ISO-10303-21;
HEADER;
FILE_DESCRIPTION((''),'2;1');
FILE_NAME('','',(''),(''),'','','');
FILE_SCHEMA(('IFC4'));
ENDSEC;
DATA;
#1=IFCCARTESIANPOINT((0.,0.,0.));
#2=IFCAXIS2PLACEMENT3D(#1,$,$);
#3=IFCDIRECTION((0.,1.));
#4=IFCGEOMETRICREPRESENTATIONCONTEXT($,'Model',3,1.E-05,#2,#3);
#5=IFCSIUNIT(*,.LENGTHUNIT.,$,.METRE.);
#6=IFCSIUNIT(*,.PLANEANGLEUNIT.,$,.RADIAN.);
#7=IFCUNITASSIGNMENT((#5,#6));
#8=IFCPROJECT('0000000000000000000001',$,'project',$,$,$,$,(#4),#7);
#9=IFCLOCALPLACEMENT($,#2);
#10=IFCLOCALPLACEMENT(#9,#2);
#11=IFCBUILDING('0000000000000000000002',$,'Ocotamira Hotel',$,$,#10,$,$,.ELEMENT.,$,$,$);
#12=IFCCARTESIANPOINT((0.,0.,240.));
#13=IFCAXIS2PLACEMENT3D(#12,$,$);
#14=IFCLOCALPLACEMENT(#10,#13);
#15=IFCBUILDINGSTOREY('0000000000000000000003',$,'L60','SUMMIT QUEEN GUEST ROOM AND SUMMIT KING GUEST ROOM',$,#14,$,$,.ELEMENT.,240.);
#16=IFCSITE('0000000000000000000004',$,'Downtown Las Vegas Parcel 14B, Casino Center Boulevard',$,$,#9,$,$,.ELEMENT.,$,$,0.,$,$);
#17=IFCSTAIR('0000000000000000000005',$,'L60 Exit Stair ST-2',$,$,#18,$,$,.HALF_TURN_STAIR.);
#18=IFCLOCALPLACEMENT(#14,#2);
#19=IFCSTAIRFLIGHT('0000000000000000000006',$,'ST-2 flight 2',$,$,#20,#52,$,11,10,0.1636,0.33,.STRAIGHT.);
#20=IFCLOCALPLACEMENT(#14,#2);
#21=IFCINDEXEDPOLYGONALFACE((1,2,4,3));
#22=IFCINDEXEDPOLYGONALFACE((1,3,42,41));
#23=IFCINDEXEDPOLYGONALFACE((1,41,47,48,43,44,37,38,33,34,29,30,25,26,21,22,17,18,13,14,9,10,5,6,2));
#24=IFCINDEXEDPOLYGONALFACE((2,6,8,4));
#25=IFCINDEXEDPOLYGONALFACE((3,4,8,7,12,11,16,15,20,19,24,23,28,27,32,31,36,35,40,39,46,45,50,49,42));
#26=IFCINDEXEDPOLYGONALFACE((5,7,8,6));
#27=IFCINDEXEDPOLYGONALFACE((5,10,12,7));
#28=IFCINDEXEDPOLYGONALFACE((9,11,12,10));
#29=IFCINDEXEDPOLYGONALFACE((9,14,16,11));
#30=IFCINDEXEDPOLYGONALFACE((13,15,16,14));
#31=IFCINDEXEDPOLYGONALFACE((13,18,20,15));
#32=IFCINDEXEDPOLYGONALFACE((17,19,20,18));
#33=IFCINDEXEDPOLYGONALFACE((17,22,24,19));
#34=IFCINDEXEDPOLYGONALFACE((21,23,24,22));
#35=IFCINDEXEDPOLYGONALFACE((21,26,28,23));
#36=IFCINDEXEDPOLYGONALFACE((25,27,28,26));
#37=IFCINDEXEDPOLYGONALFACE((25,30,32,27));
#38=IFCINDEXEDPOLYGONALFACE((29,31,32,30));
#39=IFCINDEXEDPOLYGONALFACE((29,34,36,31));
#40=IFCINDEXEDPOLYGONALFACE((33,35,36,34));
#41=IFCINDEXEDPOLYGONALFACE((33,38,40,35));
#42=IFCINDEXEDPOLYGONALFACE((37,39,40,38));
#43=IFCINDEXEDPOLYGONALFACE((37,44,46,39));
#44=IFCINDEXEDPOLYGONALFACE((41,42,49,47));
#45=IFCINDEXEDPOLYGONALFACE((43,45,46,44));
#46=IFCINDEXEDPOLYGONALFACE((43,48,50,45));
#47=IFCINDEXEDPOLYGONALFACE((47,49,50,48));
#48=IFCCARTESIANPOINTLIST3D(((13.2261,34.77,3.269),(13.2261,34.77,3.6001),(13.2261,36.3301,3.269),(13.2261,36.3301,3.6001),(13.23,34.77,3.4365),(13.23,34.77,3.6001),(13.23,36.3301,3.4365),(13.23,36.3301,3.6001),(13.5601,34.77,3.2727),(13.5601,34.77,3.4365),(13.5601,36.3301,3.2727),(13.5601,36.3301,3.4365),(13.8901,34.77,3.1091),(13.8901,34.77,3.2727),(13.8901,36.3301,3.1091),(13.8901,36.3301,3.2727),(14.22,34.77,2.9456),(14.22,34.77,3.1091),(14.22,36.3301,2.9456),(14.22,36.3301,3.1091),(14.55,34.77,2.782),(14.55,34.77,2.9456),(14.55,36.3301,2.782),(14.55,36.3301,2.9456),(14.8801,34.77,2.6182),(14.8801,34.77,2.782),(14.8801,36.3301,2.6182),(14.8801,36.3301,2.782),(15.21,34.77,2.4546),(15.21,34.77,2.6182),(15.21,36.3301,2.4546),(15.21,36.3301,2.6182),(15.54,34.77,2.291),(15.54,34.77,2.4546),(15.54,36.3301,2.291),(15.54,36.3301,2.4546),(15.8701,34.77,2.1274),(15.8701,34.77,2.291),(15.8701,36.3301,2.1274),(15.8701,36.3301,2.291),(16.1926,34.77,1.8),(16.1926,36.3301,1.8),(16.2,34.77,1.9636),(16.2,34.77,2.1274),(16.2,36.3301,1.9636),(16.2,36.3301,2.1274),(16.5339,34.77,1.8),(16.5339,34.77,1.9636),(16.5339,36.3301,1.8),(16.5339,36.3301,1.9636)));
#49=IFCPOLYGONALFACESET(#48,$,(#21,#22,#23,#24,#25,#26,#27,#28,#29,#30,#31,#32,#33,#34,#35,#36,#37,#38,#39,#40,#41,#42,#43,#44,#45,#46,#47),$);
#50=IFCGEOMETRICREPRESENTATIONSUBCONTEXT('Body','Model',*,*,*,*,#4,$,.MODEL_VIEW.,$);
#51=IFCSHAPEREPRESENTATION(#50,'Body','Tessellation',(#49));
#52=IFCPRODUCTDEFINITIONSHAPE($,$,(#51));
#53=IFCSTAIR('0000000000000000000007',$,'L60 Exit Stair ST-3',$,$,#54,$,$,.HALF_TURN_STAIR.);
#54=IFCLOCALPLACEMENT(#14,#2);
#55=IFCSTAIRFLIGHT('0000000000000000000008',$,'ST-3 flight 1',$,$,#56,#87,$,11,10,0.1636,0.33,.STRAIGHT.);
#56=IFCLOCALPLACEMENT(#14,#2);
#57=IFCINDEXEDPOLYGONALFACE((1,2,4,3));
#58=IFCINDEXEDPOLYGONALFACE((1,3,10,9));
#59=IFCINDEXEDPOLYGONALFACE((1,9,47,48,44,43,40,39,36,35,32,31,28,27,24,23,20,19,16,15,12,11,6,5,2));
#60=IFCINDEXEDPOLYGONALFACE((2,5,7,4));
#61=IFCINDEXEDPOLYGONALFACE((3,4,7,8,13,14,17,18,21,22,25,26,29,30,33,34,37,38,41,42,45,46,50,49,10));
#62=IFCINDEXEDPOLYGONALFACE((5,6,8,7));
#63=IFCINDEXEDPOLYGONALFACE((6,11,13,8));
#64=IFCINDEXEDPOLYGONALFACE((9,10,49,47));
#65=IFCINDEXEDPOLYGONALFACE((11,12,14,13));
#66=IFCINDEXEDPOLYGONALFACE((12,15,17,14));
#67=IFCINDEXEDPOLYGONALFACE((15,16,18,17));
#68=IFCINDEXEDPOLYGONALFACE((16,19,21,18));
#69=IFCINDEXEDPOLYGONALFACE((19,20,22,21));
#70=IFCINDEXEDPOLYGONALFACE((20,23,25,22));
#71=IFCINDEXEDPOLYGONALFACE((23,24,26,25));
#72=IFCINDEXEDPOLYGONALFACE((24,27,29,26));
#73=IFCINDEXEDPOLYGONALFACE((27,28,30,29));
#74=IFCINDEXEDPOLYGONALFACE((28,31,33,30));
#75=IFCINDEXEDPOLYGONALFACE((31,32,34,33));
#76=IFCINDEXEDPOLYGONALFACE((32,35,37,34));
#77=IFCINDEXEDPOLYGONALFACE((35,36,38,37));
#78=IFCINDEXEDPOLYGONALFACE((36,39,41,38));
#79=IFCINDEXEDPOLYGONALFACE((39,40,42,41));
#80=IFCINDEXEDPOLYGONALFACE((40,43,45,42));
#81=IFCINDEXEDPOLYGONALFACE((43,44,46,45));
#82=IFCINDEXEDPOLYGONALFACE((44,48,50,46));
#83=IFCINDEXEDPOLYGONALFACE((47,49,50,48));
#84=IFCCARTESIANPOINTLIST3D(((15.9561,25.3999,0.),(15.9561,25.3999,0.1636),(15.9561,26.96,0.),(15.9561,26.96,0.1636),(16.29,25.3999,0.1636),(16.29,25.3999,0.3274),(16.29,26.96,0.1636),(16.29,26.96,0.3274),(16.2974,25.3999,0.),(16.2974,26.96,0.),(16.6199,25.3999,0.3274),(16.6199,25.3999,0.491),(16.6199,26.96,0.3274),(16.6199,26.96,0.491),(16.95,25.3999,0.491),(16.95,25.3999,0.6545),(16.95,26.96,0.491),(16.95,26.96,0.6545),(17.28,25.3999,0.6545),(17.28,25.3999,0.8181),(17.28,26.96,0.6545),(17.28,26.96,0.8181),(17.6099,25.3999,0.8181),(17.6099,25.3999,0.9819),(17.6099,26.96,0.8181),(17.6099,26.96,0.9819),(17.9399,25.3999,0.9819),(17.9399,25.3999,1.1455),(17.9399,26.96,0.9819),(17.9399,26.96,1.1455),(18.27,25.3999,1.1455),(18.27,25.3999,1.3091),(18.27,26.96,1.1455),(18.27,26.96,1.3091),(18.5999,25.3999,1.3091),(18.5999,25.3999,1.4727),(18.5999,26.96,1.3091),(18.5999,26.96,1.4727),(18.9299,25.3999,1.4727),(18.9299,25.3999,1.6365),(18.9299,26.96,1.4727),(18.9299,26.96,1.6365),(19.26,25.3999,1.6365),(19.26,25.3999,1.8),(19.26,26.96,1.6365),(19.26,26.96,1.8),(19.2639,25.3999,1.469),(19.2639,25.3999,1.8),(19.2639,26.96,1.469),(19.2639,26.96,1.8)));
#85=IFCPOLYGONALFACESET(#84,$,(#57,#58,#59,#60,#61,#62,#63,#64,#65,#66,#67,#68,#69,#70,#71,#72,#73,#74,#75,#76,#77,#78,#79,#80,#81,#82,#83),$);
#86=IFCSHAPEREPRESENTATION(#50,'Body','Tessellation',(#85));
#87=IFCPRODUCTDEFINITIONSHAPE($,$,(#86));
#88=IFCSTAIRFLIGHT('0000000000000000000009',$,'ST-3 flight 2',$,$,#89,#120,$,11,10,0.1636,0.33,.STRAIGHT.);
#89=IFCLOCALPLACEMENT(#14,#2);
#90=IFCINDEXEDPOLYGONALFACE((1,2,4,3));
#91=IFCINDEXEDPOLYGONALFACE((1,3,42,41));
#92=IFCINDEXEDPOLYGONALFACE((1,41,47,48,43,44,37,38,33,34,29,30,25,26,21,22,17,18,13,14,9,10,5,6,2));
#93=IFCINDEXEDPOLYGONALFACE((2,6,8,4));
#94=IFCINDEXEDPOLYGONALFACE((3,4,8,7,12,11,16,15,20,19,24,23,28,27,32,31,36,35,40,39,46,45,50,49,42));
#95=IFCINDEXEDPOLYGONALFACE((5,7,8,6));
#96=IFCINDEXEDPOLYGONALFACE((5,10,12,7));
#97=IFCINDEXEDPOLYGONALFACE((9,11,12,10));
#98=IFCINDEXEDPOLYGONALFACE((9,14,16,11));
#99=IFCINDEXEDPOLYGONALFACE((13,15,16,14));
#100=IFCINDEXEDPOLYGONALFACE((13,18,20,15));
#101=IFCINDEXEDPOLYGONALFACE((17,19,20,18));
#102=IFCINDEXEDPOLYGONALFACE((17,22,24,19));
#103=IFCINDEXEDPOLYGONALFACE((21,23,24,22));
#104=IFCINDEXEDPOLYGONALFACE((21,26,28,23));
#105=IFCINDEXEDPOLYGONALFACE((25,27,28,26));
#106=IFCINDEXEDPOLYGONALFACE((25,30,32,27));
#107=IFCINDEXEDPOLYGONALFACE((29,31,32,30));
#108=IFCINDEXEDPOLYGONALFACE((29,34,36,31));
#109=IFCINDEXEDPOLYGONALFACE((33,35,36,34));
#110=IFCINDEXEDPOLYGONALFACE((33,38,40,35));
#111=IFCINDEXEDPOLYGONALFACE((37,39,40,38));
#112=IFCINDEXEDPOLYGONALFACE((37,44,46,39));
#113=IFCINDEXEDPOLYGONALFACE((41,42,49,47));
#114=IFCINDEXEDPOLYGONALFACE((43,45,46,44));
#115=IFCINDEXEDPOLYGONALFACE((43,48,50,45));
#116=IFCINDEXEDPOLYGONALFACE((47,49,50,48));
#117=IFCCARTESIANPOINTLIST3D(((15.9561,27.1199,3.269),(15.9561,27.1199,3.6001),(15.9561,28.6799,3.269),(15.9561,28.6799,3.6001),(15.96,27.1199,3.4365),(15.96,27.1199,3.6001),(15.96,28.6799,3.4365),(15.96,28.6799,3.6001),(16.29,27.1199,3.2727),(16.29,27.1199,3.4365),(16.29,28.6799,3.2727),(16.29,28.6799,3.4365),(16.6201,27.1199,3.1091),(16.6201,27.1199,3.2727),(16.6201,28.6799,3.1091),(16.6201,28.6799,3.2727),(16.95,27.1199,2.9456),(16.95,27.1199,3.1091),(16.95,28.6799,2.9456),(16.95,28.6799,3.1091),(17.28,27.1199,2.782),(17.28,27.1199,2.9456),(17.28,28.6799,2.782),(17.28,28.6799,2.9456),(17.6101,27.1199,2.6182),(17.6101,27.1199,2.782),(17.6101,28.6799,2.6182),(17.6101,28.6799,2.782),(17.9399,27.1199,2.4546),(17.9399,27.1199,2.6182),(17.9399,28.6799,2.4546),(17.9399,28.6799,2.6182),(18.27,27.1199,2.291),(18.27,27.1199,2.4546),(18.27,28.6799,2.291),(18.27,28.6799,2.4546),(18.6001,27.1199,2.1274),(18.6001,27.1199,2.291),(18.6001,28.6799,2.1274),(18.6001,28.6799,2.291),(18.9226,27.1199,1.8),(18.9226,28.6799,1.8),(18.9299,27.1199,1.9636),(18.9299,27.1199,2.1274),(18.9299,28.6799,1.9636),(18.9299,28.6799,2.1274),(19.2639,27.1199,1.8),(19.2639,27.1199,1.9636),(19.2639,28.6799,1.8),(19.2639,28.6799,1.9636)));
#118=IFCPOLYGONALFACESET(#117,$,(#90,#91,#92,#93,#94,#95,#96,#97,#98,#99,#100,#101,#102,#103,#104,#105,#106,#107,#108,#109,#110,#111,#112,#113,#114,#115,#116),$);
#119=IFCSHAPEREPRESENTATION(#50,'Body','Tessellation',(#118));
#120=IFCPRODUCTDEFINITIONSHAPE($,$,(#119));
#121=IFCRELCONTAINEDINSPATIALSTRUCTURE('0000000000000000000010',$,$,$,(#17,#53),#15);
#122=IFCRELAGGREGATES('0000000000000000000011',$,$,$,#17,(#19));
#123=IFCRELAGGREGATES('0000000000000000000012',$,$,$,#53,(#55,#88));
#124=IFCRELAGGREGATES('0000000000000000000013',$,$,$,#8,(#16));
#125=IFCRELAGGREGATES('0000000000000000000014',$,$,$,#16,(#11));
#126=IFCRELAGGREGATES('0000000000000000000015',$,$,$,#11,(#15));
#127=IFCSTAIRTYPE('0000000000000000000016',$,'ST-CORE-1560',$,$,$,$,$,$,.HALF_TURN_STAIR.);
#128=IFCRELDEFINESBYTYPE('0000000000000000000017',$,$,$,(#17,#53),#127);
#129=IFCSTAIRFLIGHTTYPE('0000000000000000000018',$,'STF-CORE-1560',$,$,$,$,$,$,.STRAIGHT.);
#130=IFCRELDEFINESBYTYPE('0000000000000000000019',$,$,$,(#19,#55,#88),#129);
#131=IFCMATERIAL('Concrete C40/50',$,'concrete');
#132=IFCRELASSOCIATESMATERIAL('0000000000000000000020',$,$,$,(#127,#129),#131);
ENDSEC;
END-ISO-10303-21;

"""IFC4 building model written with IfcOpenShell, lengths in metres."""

from ifc_helpers import new_model, si_unit, direction, frame, origin, place, context, subcontext, project, spatial, polyline, outline, extrude, source, transform, mapped, material, type_object, element, aggregate, save


model = new_model("IFC4")

# Units and contexts
model_context = context("Model", 3, precision=1e-05, world=origin(), true_north=direction((0.0, 1.0)))
body_context = subcontext(model_context, "Body", "Model", "MODEL_VIEW")
ifc_project = project(units=[si_unit("LENGTHUNIT", "METRE"), si_unit("PLANEANGLEUNIT", "RADIAN")], contexts=[model_context])

# Site, building, storey
site_placement = place(None, origin())
site = spatial("IfcSite", under=ifc_project, at=site_placement, Name="Downtown Las Vegas Parcel 14B, Casino Center Boulevard", CompositionType="ELEMENT", RefElevation=0.0)
building_placement = place(site_placement, origin())
building = spatial("IfcBuilding", under=site, at=building_placement, Name="Ocotamira Hotel", CompositionType="ELEMENT")
storey_placement = place(building_placement, frame((0.0, 0.0, 240.0)))
storey = spatial("IfcBuildingStorey", under=building, at=storey_placement, Name="L60", Description="SUMMIT QUEEN GUEST ROOM AND SUMMIT KING GUEST ROOM", CompositionType="ELEMENT", Elevation=240.0)

# Stairs, stair flights
ifc_material_1 = material(Name="Concrete C40/50", Category="concrete")
stair_type = type_object("IfcStairType", Name="ST-CORE-1560", PredefinedType="HALF_TURN_STAIR", material=ifc_material_1)
stair_1_placement = place(storey_placement, origin())
stair_1 = element("IfcStair", 1, at=stair_1_placement, inside=storey, type_object=stair_type, Name="L60 Exit Stair ST-2", PredefinedType="HALF_TURN_STAIR")
stair_flight_type = type_object("IfcStairFlightType", Name="STF-CORE-1560", PredefinedType="STRAIGHT", material=ifc_material_1)
shared_shape_1 = source(origin(), body_context, "Body", "SweptSolid", [
    extrude(outline(polyline([(-0.0039, 0.0), (-0.0039, 0.1636), (0.3301, 0.1636), (0.3301, 0.3274), (0.6599, 0.3274), (0.6599, 0.491), (0.99, 0.491), (0.99, 0.6545), (1.3201, 0.6545), (1.3201, 0.8181), (1.6499, 0.8181), (1.6499, 0.9819), (1.98, 0.9819), (1.98, 1.1455), (2.3101, 1.1455), (2.3101, 1.3091), (2.6399, 1.3091), (2.6399, 1.4727), (2.97, 1.4727), (2.97, 1.6365), (3.3, 1.6365), (3.3, 1.8), (3.304, 1.8), (3.304, 1.469), (0.3374, 0.0), (-0.0039, 0.0)])), frame((0.0, 0.78, 0.0), z_axis=(0.0, -1.0, 0.0), x_axis=(1.0, 0.0, 0.0)), (0.0, 0.0, 1.0), 1.5601),
])
stair_flight_1_placement = place(storey_placement, frame((16.53, 35.55, 1.8), z_axis=(0.0, 0.0, 1.0), x_axis=(-1.0, 0.0, 0.0)))
stair_flight_1 = element("IfcStairFlight", 2, at=stair_flight_1_placement, type_object=stair_flight_type, Name="ST-2 flight 2", NumberOfRisers=11, NumberOfTreads=10, PredefinedType="STRAIGHT", RiserHeight=0.1636, TreadLength=0.33, context=body_context, shape_type="MappedRepresentation", body=[
    mapped(shared_shape_1, transform((0.0, 0.0, 0.0), scale=1.0)),
])
aggregate(stair_1, [stair_flight_1])
stair_2_placement = place(storey_placement, origin())
stair_2 = element("IfcStair", 3, at=stair_2_placement, inside=storey, type_object=stair_type, Name="L60 Exit Stair ST-3", PredefinedType="HALF_TURN_STAIR")
stair_flight_2_placement = place(storey_placement, frame((15.96, 26.1799, 0.0), z_axis=(0.0, 0.0, 1.0), x_axis=(1.0, 0.0, 0.0)))
stair_flight_2 = element("IfcStairFlight", 4, at=stair_flight_2_placement, type_object=stair_flight_type, Name="ST-3 flight 1", NumberOfRisers=11, NumberOfTreads=10, PredefinedType="STRAIGHT", RiserHeight=0.1636, TreadLength=0.33, context=body_context, shape_type="MappedRepresentation", body=[
    mapped(shared_shape_1, transform((0.0, 0.0, 0.0), scale=1.0)),
])
stair_flight_3_placement = place(storey_placement, frame((19.26, 27.8999, 1.8), z_axis=(0.0, 0.0, 1.0), x_axis=(-1.0, 0.0, 0.0)))
stair_flight_3 = element("IfcStairFlight", 5, at=stair_flight_3_placement, type_object=stair_flight_type, Name="ST-3 flight 2", NumberOfRisers=11, NumberOfTreads=10, PredefinedType="STRAIGHT", RiserHeight=0.1636, TreadLength=0.33, context=body_context, shape_type="MappedRepresentation", body=[
    mapped(shared_shape_1, transform((0.0, 0.0, 0.0), scale=1.0)),
])
aggregate(stair_2, [stair_flight_2, stair_flight_3])

save(model, "model.ifc")
